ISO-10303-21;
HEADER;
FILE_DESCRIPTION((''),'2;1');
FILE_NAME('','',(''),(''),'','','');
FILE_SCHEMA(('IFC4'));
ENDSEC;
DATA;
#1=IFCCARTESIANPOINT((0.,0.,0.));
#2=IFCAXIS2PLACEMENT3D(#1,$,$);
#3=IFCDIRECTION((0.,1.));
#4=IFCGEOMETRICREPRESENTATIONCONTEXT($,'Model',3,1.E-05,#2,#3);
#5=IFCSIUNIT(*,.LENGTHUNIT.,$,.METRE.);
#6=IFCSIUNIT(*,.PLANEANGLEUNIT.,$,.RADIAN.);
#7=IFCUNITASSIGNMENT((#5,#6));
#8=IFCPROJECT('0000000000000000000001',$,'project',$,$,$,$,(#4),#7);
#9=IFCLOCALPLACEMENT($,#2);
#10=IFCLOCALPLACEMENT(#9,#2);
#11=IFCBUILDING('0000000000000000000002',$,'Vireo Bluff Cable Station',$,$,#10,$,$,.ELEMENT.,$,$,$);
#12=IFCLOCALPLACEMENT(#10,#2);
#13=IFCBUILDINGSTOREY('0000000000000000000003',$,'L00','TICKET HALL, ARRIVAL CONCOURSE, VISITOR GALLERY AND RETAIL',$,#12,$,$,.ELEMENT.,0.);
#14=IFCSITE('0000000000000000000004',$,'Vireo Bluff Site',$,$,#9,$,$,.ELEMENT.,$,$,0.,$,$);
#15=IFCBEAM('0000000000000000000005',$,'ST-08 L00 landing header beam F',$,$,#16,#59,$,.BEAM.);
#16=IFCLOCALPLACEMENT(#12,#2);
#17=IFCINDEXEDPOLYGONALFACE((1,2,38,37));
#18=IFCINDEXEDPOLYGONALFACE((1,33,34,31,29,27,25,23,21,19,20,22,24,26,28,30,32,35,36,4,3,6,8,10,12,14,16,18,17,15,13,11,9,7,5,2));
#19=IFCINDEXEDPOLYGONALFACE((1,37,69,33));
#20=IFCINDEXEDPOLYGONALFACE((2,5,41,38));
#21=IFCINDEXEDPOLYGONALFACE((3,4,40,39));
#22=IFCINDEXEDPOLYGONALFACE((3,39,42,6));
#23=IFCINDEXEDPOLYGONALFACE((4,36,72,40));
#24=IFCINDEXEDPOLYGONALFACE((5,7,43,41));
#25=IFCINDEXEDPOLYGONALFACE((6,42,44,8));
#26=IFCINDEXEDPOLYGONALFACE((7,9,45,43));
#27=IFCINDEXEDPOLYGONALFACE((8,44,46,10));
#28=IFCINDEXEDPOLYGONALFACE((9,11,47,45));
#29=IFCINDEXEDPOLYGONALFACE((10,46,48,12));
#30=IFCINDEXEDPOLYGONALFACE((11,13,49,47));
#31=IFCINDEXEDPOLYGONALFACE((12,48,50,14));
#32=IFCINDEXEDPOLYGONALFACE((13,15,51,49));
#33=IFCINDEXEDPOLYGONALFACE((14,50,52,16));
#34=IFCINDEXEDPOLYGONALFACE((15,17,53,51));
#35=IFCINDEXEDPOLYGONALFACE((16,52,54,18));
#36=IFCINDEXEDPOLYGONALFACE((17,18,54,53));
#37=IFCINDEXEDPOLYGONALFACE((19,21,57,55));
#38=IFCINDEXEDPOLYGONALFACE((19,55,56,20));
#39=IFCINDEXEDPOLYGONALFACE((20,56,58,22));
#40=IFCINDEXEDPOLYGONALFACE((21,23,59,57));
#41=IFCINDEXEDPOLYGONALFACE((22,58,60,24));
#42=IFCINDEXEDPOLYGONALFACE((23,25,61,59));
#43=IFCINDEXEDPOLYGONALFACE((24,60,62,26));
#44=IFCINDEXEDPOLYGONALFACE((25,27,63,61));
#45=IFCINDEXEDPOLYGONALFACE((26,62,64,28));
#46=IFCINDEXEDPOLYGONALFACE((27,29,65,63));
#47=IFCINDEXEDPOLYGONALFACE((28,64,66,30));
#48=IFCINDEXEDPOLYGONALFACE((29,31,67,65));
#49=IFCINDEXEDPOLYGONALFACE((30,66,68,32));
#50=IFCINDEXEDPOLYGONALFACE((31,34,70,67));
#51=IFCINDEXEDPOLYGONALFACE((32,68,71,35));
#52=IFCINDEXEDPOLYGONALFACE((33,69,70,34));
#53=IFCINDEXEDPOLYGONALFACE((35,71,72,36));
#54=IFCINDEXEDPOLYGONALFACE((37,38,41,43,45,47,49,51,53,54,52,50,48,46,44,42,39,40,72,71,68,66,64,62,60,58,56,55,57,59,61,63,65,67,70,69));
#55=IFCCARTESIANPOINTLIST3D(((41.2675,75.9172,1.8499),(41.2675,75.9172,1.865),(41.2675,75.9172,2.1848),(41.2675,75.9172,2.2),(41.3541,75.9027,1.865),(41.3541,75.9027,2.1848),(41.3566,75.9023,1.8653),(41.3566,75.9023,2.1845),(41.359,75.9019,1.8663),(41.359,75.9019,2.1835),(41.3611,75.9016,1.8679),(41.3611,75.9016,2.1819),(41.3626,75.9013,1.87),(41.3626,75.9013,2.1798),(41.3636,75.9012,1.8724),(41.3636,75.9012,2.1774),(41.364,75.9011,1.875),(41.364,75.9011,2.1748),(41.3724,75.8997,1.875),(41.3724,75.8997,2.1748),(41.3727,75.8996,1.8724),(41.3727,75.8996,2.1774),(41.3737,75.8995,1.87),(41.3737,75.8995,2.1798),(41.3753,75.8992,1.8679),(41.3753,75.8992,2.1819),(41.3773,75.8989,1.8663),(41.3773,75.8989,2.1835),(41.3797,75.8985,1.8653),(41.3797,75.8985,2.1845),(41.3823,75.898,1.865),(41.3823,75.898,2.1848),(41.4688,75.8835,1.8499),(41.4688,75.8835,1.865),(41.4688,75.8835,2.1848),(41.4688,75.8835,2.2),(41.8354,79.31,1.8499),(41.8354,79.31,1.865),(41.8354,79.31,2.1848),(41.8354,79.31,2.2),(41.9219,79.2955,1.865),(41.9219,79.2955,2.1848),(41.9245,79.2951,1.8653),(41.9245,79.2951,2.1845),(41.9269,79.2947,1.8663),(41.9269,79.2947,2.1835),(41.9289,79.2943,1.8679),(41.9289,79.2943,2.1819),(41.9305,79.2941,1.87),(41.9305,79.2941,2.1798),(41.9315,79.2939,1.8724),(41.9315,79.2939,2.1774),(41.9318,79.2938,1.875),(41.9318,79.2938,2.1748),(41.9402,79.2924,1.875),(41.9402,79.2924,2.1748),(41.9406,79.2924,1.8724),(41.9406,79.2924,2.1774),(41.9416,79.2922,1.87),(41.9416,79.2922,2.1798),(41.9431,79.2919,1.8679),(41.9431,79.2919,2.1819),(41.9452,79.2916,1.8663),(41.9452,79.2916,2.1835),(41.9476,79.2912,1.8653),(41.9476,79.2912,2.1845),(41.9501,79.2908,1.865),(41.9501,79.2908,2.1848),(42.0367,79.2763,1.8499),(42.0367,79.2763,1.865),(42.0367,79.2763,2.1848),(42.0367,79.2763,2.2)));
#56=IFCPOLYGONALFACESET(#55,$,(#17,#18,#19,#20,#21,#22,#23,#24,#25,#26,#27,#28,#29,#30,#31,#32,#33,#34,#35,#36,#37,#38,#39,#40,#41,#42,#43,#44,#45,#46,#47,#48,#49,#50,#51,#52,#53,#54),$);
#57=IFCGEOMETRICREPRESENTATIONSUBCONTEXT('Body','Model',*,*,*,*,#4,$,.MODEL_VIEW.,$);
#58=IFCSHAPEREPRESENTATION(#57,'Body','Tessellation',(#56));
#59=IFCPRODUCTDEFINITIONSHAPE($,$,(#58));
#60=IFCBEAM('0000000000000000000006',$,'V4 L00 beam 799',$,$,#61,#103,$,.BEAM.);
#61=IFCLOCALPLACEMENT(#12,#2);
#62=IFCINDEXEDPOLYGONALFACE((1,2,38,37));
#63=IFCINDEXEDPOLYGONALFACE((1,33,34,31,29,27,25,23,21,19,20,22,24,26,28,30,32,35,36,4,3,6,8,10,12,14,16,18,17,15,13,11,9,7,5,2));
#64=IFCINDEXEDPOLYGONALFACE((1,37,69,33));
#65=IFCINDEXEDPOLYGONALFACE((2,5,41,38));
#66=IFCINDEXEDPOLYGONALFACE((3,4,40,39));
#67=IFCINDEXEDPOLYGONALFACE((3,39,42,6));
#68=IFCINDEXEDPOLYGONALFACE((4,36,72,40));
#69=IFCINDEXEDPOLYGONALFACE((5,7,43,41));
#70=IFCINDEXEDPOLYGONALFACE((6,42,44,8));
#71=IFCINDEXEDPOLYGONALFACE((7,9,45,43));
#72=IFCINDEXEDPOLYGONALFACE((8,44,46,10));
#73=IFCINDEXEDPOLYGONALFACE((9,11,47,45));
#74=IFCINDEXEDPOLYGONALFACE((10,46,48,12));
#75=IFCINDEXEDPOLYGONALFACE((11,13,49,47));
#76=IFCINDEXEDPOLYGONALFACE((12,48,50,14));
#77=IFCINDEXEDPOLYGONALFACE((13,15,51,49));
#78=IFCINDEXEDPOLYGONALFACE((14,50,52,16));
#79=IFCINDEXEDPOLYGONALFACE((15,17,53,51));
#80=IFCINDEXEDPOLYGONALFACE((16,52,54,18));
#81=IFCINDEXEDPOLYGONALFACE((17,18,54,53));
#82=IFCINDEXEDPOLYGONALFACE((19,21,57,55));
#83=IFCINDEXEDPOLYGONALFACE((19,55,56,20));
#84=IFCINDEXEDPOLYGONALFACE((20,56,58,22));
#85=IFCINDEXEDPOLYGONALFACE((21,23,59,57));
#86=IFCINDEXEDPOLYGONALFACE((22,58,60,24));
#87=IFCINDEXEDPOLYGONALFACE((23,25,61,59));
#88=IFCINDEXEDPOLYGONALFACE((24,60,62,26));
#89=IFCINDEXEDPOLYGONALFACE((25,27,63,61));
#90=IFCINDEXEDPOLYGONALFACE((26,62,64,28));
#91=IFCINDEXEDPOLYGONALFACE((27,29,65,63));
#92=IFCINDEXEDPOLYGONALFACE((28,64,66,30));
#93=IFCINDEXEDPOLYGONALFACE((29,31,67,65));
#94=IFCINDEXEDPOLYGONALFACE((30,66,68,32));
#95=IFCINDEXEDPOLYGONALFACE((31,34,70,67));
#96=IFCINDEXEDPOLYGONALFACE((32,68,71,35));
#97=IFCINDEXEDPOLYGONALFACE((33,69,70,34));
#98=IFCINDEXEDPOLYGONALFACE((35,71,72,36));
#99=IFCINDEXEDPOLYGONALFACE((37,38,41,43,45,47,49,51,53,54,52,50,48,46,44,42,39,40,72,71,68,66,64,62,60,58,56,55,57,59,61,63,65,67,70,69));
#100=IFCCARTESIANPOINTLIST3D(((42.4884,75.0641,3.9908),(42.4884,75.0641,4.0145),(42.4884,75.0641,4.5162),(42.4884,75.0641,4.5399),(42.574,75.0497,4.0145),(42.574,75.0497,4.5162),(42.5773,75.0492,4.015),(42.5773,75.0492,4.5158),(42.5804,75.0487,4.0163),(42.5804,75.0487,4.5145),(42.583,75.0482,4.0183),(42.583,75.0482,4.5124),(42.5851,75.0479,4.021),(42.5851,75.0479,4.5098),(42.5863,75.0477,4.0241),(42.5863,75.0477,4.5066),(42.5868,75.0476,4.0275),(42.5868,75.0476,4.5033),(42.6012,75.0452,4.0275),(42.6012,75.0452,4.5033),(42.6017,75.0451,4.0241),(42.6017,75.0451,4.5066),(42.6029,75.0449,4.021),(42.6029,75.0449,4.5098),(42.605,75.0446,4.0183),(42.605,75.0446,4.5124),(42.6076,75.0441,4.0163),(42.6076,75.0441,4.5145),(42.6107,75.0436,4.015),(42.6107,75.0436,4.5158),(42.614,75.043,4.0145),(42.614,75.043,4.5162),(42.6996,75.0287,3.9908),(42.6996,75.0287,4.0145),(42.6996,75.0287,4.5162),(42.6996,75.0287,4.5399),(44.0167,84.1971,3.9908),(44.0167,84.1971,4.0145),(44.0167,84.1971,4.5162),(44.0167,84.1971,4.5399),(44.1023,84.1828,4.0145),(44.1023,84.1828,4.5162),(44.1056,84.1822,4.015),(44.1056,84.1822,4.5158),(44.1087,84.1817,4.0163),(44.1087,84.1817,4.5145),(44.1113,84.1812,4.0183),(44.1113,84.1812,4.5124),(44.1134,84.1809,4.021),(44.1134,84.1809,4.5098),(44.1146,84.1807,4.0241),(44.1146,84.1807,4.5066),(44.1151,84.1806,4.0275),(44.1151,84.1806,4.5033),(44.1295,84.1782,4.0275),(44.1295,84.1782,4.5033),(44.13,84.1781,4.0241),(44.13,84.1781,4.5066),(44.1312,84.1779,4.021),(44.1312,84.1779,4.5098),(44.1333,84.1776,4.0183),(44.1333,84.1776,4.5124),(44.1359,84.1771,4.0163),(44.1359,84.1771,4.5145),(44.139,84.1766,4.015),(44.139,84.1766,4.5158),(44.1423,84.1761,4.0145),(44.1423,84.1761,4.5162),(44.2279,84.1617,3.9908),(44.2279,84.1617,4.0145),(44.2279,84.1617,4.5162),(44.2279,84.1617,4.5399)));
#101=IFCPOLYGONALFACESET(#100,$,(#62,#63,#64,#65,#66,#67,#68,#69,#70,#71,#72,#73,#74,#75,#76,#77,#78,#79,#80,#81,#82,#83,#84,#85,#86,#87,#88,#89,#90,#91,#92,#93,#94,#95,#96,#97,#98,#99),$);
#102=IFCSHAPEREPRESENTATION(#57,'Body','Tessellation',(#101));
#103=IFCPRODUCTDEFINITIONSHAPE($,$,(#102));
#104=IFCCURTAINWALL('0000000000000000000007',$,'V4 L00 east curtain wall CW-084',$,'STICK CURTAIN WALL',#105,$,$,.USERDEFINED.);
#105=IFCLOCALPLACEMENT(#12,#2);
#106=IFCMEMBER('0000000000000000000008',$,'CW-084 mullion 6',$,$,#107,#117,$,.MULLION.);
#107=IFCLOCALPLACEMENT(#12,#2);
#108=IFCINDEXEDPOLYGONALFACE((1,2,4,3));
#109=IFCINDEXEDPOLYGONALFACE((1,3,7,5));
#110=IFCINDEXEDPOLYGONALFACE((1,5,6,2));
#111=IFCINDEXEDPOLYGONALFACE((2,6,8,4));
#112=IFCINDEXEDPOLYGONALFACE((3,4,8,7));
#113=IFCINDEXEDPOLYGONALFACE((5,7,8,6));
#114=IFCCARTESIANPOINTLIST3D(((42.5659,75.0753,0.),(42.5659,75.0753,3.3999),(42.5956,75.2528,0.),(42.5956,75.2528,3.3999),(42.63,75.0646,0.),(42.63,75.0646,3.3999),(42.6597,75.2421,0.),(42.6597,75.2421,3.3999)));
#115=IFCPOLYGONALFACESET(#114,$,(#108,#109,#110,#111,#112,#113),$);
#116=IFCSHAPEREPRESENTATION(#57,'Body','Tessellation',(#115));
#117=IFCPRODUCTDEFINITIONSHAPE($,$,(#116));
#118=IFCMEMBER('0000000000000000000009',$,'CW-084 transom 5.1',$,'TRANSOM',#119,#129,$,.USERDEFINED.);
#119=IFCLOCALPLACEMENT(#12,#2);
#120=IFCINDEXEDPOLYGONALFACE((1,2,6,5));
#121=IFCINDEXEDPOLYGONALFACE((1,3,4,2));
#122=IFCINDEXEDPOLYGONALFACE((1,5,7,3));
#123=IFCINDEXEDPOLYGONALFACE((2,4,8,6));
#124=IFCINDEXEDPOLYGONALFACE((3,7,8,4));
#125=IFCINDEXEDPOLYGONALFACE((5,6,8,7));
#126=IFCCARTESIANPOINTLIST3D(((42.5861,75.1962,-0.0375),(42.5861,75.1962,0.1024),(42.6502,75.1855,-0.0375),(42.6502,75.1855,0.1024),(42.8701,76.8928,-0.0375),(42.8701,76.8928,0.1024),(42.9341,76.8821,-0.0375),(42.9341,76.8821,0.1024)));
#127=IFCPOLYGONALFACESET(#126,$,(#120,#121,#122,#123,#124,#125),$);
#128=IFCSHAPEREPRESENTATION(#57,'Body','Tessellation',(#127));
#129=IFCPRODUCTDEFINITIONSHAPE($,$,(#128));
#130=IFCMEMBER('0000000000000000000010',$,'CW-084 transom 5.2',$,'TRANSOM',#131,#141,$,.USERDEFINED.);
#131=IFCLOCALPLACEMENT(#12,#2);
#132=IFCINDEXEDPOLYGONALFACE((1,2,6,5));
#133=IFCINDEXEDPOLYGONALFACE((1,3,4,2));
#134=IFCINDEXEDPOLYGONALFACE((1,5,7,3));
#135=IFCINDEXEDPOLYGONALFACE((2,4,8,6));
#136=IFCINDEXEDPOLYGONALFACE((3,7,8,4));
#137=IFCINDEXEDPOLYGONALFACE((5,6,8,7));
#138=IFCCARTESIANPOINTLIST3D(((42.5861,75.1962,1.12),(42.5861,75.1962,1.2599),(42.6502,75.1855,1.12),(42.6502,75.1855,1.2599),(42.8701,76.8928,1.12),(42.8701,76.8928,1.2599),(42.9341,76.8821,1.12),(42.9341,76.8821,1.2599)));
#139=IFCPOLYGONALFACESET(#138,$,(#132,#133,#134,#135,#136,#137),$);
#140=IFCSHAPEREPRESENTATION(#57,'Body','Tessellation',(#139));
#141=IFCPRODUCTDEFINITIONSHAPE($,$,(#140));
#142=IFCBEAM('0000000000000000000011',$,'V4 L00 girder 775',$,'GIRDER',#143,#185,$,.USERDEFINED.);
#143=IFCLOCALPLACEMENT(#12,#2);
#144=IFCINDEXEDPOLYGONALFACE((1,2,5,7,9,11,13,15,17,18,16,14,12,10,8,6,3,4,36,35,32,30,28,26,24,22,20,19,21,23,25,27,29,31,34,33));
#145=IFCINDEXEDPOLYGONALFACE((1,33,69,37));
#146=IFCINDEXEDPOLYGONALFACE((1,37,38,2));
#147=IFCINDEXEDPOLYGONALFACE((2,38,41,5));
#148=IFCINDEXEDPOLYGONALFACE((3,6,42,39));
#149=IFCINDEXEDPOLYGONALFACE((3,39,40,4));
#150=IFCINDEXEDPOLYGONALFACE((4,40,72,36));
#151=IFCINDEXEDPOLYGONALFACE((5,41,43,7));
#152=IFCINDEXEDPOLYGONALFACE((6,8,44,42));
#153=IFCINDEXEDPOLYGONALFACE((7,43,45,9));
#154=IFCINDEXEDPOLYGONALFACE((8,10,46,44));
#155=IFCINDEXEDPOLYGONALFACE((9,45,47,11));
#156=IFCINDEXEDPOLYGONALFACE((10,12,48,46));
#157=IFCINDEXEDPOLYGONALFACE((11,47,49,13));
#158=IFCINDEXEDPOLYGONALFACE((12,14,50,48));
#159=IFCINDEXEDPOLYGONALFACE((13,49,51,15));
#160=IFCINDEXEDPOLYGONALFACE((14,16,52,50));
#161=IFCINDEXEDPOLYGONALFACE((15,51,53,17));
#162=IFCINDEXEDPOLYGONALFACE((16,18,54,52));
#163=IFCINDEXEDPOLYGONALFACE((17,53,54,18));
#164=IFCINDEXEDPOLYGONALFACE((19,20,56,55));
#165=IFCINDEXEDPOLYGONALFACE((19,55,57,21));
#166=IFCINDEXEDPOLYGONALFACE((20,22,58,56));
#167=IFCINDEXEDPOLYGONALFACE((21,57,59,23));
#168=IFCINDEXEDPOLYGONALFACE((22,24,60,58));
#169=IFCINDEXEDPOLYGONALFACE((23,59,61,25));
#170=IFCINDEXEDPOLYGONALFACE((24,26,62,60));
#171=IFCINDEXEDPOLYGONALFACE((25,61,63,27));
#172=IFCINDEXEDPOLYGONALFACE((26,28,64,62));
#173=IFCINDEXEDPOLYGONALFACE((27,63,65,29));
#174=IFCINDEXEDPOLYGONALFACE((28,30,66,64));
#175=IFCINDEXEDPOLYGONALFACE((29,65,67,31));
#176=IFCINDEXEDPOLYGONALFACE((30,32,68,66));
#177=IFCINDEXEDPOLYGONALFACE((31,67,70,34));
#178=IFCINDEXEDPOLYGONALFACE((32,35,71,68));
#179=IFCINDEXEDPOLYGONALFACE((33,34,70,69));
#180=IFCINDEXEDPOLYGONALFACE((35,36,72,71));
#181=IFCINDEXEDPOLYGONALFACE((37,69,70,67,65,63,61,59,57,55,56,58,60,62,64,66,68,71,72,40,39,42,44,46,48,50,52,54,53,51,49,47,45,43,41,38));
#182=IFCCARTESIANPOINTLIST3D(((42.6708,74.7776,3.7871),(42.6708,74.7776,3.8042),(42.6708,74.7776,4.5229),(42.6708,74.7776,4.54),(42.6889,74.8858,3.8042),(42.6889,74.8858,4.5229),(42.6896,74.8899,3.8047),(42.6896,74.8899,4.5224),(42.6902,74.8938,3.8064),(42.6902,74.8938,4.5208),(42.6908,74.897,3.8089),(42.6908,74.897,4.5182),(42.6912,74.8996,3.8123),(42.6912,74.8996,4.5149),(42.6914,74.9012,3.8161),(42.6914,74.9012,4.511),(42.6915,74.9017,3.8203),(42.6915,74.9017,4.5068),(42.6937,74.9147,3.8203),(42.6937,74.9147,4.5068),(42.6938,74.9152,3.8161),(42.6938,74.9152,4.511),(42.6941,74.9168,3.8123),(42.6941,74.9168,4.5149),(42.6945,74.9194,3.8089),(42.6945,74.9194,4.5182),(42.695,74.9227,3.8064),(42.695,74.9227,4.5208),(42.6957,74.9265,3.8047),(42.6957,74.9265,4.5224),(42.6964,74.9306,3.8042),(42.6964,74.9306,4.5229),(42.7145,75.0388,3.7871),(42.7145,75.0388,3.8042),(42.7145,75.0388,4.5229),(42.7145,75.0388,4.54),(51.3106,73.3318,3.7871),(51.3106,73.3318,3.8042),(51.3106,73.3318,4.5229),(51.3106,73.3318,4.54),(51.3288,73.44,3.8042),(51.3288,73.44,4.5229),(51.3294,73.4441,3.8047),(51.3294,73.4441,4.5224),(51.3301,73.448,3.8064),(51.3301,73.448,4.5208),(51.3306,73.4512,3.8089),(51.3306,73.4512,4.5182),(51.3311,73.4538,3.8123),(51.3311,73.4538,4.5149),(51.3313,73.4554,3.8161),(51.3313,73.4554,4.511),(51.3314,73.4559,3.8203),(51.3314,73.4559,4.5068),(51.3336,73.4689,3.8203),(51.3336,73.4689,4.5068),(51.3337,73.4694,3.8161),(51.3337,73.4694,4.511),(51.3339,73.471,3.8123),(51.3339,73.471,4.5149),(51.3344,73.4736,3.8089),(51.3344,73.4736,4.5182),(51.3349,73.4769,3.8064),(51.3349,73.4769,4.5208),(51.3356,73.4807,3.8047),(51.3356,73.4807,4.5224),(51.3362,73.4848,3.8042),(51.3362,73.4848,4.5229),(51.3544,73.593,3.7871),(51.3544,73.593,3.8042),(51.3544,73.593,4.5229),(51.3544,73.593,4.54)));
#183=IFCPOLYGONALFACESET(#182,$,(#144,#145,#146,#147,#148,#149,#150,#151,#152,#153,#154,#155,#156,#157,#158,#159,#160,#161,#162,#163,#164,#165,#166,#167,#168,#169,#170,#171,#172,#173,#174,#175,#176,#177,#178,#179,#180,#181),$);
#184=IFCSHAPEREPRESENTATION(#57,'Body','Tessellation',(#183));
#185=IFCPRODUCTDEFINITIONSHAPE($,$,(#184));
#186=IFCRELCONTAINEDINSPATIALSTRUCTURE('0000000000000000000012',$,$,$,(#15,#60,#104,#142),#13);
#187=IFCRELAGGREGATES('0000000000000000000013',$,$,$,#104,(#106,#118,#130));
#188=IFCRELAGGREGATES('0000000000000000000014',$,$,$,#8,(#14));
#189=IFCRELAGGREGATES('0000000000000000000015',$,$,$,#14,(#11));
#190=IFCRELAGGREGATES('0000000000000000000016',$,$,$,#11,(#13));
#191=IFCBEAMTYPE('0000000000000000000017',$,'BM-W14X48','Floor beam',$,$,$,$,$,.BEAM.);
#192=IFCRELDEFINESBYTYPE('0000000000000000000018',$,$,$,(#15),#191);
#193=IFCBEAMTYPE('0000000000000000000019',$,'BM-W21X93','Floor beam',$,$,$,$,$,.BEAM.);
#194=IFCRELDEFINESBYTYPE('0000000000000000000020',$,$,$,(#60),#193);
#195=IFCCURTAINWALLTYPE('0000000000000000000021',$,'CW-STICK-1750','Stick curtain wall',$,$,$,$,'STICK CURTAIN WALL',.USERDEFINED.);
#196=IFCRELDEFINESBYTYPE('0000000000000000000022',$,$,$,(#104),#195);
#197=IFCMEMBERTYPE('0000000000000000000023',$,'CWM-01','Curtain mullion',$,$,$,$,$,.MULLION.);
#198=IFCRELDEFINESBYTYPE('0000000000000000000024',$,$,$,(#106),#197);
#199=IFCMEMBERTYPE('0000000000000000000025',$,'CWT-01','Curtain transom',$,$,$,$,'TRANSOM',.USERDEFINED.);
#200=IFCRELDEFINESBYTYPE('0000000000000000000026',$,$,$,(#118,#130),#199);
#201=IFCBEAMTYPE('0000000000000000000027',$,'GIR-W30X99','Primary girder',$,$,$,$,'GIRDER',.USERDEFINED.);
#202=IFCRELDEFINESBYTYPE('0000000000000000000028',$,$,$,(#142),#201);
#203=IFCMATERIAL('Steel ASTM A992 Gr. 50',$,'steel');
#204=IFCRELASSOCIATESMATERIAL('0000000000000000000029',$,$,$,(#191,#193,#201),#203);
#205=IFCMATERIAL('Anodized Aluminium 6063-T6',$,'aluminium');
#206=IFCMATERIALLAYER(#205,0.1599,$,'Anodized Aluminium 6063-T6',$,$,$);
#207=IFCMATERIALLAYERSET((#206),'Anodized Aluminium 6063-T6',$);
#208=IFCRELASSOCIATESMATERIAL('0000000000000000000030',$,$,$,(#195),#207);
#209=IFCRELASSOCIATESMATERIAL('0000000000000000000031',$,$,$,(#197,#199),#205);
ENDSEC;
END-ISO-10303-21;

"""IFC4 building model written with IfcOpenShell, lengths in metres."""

from ifc_helpers import new_model, si_unit, direction, frame, origin, origin_2d, place, context, subcontext, project, spatial, rectangle, i_section, extrude, material, layer, layer_set, material_profile, profile_set, type_object, element, aggregate, save


model = new_model("IFC4")

# Units and contexts
model_context = context("Model", 3, precision=1e-05, world=origin(), true_north=direction((0.0, 1.0)))
body_context = subcontext(model_context, "Body", "Model", "MODEL_VIEW")
ifc_project = project(units=[si_unit("LENGTHUNIT", "METRE"), si_unit("PLANEANGLEUNIT", "RADIAN")], contexts=[model_context])

# Site, building, storey
site_placement = place(None, origin())
site = spatial("IfcSite", under=ifc_project, at=site_placement, Name="Vireo Bluff Site", CompositionType="ELEMENT", RefElevation=0.0)
building_placement = place(site_placement, origin())
building = spatial("IfcBuilding", under=site, at=building_placement, Name="Vireo Bluff Cable Station", CompositionType="ELEMENT")
storey_placement = place(building_placement, origin())
storey = spatial("IfcBuildingStorey", under=building, at=storey_placement, Name="L00", Description="TICKET HALL, ARRIVAL CONCOURSE, VISITOR GALLERY AND RETAIL", CompositionType="ELEMENT", Elevation=0.0)

# Shared definitions
ifc_material_1 = material(Name="Steel ASTM A992 Gr. 50", Category="steel")

# Beams
ifc_material_profile_1 = material_profile(ifc_material_1, i_section(OverallWidth=0.2041, OverallDepth=0.3501, WebThickness=0.0085, FlangeThickness=0.0151, FilletRadius=0.01, at=origin_2d()), Name="W14X48")
ifc_profile_set_1 = profile_set([ifc_material_profile_1], Name="Steel ASTM A992 Gr. 50")
beam_type_1 = type_object("IfcBeamType", Name="BM-W14X48", Description="Floor beam", PredefinedType="BEAM", material=ifc_profile_set_1)
beam_1_placement = place(storey_placement, frame((41.3682, 75.9004, 2.0249), z_axis=(0.165078, 0.986281, 0.0), x_axis=(-0.986281, 0.165078, 0.0)))
element("IfcBeam", 1, at=beam_1_placement, inside=storey, type_object=beam_type_1, Name="ST-08 L00 landing header beam F", PredefinedType="BEAM", context=body_context, shape_type="SweptSolid", body=[
    extrude(i_section(OverallWidth=0.2041, OverallDepth=0.3501, WebThickness=0.0085, FlangeThickness=0.0151, FilletRadius=0.01, at=origin_2d()), origin(), (0.0, 0.0, 1.0), 3.4399),
])
ifc_material_profile_2 = material_profile(ifc_material_1, i_section(OverallWidth=0.2141, OverallDepth=0.5491, WebThickness=0.0146, FlangeThickness=0.0237, FilletRadius=0.0129, at=origin_2d()), Name="W21X93")
ifc_profile_set_2 = profile_set([ifc_material_profile_2], Name="Steel ASTM A992 Gr. 50")
beam_type_2 = type_object("IfcBeamType", Name="BM-W21X93", Description="Floor beam", PredefinedType="BEAM", material=ifc_profile_set_2)
beam_2_placement = place(storey_placement, frame((42.594, 75.0464, 4.2654), z_axis=(0.165045, 0.986286, 0.0), x_axis=(-0.986286, 0.165045, 0.0)))
element("IfcBeam", 2, at=beam_2_placement, inside=storey, type_object=beam_type_2, Name="V4 L00 beam 799", PredefinedType="BEAM", context=body_context, shape_type="SweptSolid", body=[
    extrude(i_section(OverallWidth=0.2141, OverallDepth=0.5491, WebThickness=0.0146, FlangeThickness=0.0237, FilletRadius=0.0129, at=origin_2d()), origin(), (0.0, 0.0, 1.0), 9.26),
])

# Curtain wall, members
ifc_material_2 = material(Name="Anodized Aluminium 6063-T6", Category="aluminium")
ifc_layer_1 = layer(ifc_material_2, 0.1599, Name="Anodized Aluminium 6063-T6")
ifc_layer_set_1 = layer_set([ifc_layer_1], Name="Anodized Aluminium 6063-T6")
curtain_wall_type = type_object("IfcCurtainWallType", Name="CW-STICK-1750", Description="Stick curtain wall", ElementType="STICK CURTAIN WALL", PredefinedType="USERDEFINED", material=ifc_layer_set_1)
curtain_wall_placement = place(storey_placement, origin())
curtain_wall = element("IfcCurtainWall", 3, at=curtain_wall_placement, inside=storey, type_object=curtain_wall_type, Name="V4 L00 east curtain wall CW-084", ObjectType="STICK CURTAIN WALL", PredefinedType="USERDEFINED")
ifc_material_profile_3 = material_profile(ifc_material_2, rectangle(XDim=0.0649, YDim=0.1799, at=origin_2d()), Name="ALU-M-65X180")
ifc_profile_set_3 = profile_set([ifc_material_profile_3], Name="Anodized Aluminium 6063-T6")
member_type_1 = type_object("IfcMemberType", Name="CWM-01", Description="Curtain mullion", PredefinedType="MULLION", material=ifc_profile_set_3)
member_1_placement = place(storey_placement, frame((42.6128, 75.1587, 0.0), z_axis=(0.0, 0.0, 1.0), x_axis=(0.986286, -0.165048, 0.0)))
member_1 = element("IfcMember", 4, at=member_1_placement, type_object=member_type_1, Name="CW-084 mullion 6", PredefinedType="MULLION", context=body_context, shape_type="SweptSolid", body=[
    extrude(rectangle(XDim=0.0649, YDim=0.1799, at=origin_2d()), origin(), (0.0, 0.0, 1.0), 3.3999),
])
ifc_material_profile_4 = material_profile(ifc_material_2, rectangle(XDim=0.0649, YDim=0.1399, at=origin_2d()), Name="ALU-T-65X140")
ifc_profile_set_4 = profile_set([ifc_material_profile_4], Name="Anodized Aluminium 6063-T6")
member_type_2 = type_object("IfcMemberType", Name="CWT-01", Description="Curtain transom", ElementType="TRANSOM", PredefinedType="USERDEFINED", material=ifc_profile_set_4)
member_2_placement = place(storey_placement, frame((42.9021, 76.8875, 0.0325), z_axis=(-0.165066, -0.986282, 0.0), x_axis=(0.986282, -0.165066, 0.0)))
member_2 = element("IfcMember", 5, at=member_2_placement, type_object=member_type_2, Name="CW-084 transom 5.1", ObjectType="TRANSOM", PredefinedType="USERDEFINED", context=body_context, shape_type="SweptSolid", body=[
    extrude(rectangle(XDim=0.0649, YDim=0.1399, at=origin_2d()), origin(), (0.0, 0.0, 1.0), 1.7202),
])
member_3_placement = place(storey_placement, frame((42.9021, 76.8875, 1.1899), z_axis=(-0.165066, -0.986282, 0.0), x_axis=(0.986282, -0.165066, 0.0)))
member_3 = element("IfcMember", 6, at=member_3_placement, type_object=member_type_2, Name="CW-084 transom 5.2", ObjectType="TRANSOM", PredefinedType="USERDEFINED", context=body_context, shape_type="SweptSolid", body=[
    extrude(rectangle(XDim=0.0649, YDim=0.1399, at=origin_2d()), origin(), (0.0, 0.0, 1.0), 1.7202),
])

# Beam
ifc_material_profile_5 = material_profile(ifc_material_1, i_section(OverallWidth=0.2649, OverallDepth=0.7529, WebThickness=0.0132, FlangeThickness=0.0171, FilletRadius=0.0161, at=origin_2d()), Name="W30X99")
ifc_profile_set_5 = profile_set([ifc_material_profile_5], Name="Steel ASTM A992 Gr. 50")
beam_type_3 = type_object("IfcBeamType", Name="GIR-W30X99", Description="Primary girder", ElementType="GIRDER", PredefinedType="USERDEFINED", material=ifc_profile_set_5)
beam_3_placement = place(storey_placement, frame((42.6926, 74.9082, 4.1636), z_axis=(0.986286, -0.165045, 0.0), x_axis=(0.165045, 0.986286, 0.0)))
element("IfcBeam", 7, at=beam_3_placement, inside=storey, type_object=beam_type_3, Name="V4 L00 girder 775", ObjectType="GIRDER", PredefinedType="USERDEFINED", context=body_context, shape_type="SweptSolid", body=[
    extrude(i_section(OverallWidth=0.2649, OverallDepth=0.7529, WebThickness=0.0132, FlangeThickness=0.0171, FilletRadius=0.0161, at=origin_2d()), origin(), (0.0, 0.0, 1.0), 8.76),
])

aggregate(curtain_wall, [member_1, member_2, member_3])

save(model, "model.ifc")
